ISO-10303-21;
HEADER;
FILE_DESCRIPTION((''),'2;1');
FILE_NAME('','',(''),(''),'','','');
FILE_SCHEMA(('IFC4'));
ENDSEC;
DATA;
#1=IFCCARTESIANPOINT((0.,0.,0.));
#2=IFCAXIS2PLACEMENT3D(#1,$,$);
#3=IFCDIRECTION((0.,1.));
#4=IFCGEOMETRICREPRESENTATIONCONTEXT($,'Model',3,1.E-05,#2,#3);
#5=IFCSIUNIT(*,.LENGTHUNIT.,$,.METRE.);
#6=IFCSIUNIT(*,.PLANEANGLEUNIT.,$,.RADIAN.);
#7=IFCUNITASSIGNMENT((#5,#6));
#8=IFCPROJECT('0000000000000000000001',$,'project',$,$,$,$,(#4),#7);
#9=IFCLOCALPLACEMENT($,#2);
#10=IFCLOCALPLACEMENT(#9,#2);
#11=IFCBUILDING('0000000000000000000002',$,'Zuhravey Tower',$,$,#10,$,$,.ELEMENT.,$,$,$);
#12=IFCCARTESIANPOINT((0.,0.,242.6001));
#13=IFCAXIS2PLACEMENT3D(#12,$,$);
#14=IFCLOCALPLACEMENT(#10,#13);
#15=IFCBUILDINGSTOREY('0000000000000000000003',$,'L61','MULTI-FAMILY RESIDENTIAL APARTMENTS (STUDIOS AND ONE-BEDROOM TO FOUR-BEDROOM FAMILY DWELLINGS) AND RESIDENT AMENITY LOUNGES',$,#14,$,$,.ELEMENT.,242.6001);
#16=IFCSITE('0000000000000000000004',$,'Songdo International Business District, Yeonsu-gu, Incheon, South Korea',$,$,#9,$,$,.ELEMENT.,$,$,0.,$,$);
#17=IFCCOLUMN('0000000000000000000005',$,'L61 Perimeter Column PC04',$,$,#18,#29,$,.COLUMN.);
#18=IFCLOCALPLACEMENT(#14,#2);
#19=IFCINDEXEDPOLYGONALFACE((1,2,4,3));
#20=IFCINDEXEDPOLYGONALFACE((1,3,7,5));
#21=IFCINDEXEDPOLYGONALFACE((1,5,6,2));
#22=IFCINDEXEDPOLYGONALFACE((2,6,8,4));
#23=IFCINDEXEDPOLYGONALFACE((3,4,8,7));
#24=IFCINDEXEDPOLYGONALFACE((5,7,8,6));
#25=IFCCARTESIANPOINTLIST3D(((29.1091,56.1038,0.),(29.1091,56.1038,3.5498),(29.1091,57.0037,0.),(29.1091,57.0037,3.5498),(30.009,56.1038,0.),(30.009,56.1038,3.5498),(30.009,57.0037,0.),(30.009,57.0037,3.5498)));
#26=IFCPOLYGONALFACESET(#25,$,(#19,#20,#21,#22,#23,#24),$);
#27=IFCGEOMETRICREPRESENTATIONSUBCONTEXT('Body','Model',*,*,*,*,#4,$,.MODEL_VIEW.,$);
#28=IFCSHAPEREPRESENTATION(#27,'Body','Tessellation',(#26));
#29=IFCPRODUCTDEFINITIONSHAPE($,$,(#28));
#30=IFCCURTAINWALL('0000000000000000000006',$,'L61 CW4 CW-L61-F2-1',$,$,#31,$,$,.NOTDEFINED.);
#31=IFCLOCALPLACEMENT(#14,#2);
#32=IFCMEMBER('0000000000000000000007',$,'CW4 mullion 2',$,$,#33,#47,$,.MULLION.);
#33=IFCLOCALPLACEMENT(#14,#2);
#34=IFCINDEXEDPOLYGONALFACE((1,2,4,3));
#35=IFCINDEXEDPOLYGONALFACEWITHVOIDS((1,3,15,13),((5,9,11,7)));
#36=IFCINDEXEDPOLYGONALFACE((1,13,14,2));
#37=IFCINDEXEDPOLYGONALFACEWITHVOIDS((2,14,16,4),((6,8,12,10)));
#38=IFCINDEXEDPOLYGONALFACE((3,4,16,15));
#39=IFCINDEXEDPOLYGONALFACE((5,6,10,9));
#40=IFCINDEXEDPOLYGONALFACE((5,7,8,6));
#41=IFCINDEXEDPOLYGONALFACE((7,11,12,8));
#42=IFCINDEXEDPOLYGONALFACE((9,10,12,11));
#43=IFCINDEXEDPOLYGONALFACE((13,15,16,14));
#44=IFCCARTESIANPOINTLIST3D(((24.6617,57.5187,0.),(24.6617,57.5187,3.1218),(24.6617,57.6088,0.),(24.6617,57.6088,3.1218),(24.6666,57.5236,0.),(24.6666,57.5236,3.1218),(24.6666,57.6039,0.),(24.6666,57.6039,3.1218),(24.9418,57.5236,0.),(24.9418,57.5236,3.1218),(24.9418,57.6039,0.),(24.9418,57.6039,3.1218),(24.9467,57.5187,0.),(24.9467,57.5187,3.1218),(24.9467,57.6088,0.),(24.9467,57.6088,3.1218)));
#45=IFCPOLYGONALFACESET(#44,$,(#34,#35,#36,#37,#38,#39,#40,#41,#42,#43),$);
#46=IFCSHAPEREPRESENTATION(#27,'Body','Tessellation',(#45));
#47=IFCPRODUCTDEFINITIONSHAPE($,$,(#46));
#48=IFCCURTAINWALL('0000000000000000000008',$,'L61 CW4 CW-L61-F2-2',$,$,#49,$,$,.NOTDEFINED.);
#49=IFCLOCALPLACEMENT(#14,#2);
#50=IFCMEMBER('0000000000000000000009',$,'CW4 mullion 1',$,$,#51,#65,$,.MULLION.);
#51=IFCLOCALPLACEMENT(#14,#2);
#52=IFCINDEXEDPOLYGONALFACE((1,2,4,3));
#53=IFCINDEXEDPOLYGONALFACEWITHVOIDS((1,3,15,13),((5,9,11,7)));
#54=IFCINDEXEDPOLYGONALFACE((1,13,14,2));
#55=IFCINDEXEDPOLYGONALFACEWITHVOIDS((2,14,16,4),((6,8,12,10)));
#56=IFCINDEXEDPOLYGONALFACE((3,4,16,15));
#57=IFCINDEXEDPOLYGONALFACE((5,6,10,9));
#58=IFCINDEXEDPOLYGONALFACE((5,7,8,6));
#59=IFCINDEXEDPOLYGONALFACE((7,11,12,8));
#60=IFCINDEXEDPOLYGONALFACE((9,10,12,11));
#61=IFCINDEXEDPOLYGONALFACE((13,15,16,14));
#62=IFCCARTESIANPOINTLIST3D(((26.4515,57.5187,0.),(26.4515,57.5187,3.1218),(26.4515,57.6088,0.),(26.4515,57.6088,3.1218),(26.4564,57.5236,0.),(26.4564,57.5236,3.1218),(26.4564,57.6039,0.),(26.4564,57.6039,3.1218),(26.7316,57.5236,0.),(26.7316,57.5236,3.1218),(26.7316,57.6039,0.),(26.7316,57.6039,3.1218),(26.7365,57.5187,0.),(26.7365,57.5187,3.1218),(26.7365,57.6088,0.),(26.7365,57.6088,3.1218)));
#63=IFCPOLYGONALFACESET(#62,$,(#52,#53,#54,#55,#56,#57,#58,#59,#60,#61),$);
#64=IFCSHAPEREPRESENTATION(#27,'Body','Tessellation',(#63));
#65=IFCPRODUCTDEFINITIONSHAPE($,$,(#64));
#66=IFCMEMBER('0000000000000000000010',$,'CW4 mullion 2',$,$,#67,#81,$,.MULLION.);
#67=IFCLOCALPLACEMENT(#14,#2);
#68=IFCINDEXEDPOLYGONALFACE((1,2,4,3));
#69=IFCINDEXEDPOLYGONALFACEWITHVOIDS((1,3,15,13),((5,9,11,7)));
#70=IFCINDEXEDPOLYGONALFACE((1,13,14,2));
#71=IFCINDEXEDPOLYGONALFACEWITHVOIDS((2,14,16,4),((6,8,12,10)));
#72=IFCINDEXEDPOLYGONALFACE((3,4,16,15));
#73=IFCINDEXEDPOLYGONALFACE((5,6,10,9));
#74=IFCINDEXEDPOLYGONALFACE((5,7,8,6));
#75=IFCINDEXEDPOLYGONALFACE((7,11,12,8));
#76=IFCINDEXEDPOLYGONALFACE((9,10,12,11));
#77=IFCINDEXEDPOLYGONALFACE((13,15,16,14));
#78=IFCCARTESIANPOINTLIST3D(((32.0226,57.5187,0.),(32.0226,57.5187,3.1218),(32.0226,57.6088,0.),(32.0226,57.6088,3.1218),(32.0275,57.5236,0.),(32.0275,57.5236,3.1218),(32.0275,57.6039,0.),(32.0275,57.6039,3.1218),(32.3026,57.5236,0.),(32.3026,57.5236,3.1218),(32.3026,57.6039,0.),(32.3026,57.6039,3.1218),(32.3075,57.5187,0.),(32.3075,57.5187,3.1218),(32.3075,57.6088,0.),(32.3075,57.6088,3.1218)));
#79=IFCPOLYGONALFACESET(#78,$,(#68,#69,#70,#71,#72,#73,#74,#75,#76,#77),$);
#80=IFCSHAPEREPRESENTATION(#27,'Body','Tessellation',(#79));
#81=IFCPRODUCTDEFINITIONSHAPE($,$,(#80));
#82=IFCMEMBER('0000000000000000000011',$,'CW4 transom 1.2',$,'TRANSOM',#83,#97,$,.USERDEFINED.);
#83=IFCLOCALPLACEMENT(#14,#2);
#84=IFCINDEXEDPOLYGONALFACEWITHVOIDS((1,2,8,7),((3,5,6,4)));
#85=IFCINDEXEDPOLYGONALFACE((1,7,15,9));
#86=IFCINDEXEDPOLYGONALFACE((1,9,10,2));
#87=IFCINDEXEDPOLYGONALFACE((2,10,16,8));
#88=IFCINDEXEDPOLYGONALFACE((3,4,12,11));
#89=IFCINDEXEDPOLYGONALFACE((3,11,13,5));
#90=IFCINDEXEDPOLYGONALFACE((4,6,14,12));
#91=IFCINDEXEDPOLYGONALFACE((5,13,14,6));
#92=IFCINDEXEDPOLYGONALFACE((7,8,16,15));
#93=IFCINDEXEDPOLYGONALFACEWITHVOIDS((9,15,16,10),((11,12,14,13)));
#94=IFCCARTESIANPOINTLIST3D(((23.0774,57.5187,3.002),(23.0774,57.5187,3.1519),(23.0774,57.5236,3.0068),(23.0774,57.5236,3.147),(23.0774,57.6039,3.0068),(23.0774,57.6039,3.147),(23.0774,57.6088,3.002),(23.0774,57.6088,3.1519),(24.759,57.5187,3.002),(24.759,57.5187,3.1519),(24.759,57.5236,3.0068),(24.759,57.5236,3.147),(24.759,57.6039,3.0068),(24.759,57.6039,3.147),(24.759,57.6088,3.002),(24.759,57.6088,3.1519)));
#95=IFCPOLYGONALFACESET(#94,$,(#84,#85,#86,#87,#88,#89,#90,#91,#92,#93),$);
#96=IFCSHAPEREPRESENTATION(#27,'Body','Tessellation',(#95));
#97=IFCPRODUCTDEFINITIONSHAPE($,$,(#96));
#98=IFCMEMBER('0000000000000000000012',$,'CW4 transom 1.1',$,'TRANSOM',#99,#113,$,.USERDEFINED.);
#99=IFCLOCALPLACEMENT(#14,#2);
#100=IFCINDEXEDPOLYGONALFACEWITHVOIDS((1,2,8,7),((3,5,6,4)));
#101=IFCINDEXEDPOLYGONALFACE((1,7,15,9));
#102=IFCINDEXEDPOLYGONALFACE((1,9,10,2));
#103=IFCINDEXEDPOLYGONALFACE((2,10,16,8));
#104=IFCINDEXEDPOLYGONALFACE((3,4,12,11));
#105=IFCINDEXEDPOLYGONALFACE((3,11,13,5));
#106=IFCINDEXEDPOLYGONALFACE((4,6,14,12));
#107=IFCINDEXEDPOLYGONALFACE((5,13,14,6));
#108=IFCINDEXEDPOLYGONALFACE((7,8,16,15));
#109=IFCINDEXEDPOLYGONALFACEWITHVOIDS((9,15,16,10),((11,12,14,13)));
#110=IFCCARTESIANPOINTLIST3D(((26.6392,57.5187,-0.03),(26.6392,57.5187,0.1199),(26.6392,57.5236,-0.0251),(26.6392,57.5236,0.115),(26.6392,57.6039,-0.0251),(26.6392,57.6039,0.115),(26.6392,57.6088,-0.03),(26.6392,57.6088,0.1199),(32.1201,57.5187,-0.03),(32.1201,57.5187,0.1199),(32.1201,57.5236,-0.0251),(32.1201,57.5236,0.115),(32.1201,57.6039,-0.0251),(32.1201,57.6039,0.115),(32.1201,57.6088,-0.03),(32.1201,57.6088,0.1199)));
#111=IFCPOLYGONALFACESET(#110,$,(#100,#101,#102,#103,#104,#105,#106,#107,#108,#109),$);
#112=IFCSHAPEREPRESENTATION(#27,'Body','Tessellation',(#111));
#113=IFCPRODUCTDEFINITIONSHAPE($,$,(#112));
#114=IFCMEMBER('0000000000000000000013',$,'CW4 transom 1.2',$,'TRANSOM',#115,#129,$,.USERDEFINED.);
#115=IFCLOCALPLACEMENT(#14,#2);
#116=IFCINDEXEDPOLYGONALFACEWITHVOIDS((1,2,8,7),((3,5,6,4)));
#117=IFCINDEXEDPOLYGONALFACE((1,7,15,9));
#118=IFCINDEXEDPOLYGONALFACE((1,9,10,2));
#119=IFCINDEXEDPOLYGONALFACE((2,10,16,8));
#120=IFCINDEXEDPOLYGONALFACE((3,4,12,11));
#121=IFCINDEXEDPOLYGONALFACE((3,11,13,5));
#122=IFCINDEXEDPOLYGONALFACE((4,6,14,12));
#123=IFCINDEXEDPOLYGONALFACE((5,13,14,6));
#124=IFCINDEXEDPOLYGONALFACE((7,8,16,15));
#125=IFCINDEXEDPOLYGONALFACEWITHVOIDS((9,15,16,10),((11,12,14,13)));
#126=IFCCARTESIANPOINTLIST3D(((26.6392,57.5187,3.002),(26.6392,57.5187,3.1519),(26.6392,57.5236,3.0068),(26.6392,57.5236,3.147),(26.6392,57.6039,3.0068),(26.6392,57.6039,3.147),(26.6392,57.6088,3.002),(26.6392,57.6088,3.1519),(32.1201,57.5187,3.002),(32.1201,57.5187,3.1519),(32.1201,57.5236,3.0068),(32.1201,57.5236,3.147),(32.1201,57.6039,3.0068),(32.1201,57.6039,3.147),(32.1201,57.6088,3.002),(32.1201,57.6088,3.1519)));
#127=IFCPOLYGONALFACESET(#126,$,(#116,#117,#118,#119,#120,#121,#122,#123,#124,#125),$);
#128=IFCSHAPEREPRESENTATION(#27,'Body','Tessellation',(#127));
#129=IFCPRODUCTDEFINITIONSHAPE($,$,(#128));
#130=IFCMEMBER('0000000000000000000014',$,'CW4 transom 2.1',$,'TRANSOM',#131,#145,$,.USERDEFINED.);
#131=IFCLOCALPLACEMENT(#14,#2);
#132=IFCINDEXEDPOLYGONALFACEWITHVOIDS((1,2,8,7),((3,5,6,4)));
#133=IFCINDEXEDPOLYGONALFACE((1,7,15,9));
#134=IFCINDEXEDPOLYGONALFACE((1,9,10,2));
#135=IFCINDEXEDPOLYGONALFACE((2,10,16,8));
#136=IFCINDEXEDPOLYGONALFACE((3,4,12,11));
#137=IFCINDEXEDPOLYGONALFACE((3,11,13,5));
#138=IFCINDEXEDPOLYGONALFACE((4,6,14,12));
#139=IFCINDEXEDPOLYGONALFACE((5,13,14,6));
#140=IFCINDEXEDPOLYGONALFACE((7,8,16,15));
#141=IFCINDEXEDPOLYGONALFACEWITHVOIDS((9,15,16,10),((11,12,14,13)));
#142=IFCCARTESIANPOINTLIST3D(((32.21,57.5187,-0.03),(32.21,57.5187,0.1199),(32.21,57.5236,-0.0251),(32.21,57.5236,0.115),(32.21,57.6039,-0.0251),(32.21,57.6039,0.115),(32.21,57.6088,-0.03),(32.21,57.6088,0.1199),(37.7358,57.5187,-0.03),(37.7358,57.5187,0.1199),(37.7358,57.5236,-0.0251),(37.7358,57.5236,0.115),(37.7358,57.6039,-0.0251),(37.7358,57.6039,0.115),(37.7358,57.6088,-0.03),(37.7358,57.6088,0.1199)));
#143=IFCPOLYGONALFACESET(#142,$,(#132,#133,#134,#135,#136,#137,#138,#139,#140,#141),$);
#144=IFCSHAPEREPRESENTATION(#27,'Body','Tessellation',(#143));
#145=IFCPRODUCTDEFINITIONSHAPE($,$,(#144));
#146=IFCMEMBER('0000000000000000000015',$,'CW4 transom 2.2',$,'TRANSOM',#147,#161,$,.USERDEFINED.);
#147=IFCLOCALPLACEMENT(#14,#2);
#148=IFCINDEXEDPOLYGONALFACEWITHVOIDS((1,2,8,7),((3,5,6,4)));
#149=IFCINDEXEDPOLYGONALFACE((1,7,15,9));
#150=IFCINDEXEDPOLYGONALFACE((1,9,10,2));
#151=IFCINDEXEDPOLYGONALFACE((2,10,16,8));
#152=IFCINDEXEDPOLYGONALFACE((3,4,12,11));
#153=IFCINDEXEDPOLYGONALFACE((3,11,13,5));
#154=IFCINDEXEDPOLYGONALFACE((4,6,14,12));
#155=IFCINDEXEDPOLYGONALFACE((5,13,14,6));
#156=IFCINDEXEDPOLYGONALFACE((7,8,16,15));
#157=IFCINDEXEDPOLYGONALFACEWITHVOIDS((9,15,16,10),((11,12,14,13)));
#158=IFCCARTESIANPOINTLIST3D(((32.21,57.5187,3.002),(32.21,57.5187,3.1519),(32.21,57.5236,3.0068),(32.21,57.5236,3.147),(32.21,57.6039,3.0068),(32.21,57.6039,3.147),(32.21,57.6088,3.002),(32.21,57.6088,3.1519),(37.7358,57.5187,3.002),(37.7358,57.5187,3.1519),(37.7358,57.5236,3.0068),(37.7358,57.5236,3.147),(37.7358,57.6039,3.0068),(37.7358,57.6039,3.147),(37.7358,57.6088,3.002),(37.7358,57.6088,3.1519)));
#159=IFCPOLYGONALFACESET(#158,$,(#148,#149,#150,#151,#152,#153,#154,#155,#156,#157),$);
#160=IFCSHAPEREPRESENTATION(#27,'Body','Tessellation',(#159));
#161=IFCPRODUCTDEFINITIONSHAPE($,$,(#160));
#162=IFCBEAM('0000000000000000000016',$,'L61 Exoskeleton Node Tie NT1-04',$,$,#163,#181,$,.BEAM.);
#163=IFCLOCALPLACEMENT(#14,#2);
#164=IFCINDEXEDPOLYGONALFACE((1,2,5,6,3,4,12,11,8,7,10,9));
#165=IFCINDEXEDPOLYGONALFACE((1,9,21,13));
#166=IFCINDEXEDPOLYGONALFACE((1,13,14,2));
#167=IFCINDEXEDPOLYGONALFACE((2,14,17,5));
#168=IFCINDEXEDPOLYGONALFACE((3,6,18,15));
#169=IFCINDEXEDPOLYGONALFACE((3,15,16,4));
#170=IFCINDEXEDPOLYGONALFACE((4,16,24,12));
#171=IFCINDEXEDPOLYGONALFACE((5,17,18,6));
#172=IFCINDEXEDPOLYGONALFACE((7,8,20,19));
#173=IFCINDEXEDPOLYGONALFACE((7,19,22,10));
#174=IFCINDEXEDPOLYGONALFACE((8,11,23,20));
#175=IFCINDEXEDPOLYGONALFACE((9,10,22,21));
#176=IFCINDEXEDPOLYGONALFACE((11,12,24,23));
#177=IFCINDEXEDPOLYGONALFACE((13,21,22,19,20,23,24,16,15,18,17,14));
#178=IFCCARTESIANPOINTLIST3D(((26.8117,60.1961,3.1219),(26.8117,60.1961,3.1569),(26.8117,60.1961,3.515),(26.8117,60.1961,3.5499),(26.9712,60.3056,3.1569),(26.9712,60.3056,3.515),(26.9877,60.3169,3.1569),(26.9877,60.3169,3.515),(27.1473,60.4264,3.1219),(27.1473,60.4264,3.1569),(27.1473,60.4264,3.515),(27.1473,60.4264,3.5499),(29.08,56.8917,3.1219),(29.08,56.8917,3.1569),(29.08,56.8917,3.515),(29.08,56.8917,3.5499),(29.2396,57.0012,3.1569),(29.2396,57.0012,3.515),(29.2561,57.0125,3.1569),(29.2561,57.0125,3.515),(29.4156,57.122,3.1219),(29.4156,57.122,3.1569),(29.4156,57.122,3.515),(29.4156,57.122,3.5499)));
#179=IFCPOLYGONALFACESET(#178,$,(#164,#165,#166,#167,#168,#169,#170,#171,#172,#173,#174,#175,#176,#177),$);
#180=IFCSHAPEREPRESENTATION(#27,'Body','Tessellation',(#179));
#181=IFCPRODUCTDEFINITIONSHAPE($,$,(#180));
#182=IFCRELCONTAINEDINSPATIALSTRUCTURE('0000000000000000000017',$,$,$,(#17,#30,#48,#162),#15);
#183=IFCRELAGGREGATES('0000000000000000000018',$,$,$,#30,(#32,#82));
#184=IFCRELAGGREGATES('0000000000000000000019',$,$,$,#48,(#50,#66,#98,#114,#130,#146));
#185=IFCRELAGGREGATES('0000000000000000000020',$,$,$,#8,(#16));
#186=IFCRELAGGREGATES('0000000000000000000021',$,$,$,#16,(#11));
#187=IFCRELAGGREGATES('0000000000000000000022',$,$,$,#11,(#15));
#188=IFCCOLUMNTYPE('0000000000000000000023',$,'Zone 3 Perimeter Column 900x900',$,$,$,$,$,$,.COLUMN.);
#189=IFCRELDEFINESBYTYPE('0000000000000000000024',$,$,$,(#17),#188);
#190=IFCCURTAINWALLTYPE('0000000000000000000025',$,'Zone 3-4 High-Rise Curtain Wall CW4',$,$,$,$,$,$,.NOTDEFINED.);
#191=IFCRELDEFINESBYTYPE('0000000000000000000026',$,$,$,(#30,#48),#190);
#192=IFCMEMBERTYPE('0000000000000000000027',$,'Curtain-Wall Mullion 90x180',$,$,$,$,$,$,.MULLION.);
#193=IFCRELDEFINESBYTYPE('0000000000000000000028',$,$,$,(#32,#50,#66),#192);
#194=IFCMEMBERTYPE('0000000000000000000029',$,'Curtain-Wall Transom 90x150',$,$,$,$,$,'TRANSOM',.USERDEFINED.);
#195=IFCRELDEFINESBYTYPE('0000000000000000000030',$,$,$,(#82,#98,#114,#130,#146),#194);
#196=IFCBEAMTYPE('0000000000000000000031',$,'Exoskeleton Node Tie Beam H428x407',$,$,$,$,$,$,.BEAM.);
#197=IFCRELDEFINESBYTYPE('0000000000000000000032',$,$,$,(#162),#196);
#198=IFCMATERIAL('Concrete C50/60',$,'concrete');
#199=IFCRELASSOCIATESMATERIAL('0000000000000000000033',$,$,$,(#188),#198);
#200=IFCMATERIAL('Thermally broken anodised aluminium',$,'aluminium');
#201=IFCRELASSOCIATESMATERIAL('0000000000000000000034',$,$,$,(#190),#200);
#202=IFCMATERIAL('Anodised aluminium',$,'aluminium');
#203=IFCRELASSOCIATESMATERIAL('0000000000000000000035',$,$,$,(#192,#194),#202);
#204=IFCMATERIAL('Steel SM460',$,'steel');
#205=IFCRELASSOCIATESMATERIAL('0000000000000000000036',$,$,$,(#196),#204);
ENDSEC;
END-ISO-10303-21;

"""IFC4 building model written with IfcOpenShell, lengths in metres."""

from ifc_helpers import new_model, si_unit, direction, frame, origin, origin_2d, place, context, subcontext, project, spatial, rectangle, hollow_rectangle, i_section, extrude, material, material_profile, profile_set, type_object, element, aggregate, save


model = new_model("IFC4")

# Units and contexts
model_context = context("Model", 3, precision=1e-05, world=origin(), true_north=direction((0.0, 1.0)))
body_context = subcontext(model_context, "Body", "Model", "MODEL_VIEW")
ifc_project = project(units=[si_unit("LENGTHUNIT", "METRE"), si_unit("PLANEANGLEUNIT", "RADIAN")], contexts=[model_context])

# Site, building, storey
site_placement = place(None, origin())
site = spatial("IfcSite", under=ifc_project, at=site_placement, Name="Songdo International Business District, Yeonsu-gu, Incheon, South Korea", CompositionType="ELEMENT", RefElevation=0.0)
building_placement = place(site_placement, origin())
building = spatial("IfcBuilding", under=site, at=building_placement, Name="Zuhravey Tower", CompositionType="ELEMENT")
storey_placement = place(building_placement, frame((0.0, 0.0, 242.6001)))
storey = spatial("IfcBuildingStorey", under=building, at=storey_placement, Name="L61", Description="MULTI-FAMILY RESIDENTIAL APARTMENTS (STUDIOS AND ONE-BEDROOM TO FOUR-BEDROOM FAMILY DWELLINGS) AND RESIDENT AMENITY LOUNGES", CompositionType="ELEMENT", Elevation=242.6001)

# Column
ifc_material_1 = material(Name="Concrete C50/60", Category="concrete")
ifc_material_profile_1 = material_profile(ifc_material_1, rectangle(XDim=0.8999, YDim=0.8999, at=origin_2d()), Name="RC-900x900")
ifc_profile_set_1 = profile_set([ifc_material_profile_1], Name="Concrete C50/60")
column_type = type_object("IfcColumnType", Name="Zone 3 Perimeter Column 900x900", PredefinedType="COLUMN", material=ifc_profile_set_1)
column_placement = place(storey_placement, frame((29.5591, 56.5537, 0.0), z_axis=(0.0, 0.0, 1.0), x_axis=(-1.0, 0.0, 0.0)))
element("IfcColumn", 1, at=column_placement, inside=storey, type_object=column_type, Name="L61 Perimeter Column PC04", PredefinedType="COLUMN", context=body_context, shape_type="SweptSolid", body=[
    extrude(rectangle(XDim=0.8999, YDim=0.8999, at=origin_2d()), origin(), (0.0, 0.0, 1.0), 3.5498),
])

# Curtain wall, member
ifc_material_2 = material(Name="Thermally broken anodised aluminium", Category="aluminium")
curtain_wall_type = type_object("IfcCurtainWallType", Name="Zone 3-4 High-Rise Curtain Wall CW4", PredefinedType="NOTDEFINED", material=ifc_material_2)
curtain_wall_1_placement = place(storey_placement, origin())
curtain_wall_1 = element("IfcCurtainWall", 2, at=curtain_wall_1_placement, inside=storey, type_object=curtain_wall_type, Name="L61 CW4 CW-L61-F2-1", PredefinedType="NOTDEFINED")
ifc_material_3 = material(Name="Anodised aluminium", Category="aluminium")
ifc_material_profile_2 = material_profile(ifc_material_3, hollow_rectangle(XDim=0.0901, YDim=0.2849, WallThickness=0.0049, at=origin_2d()), Name="ALU-RHS-90x285x5")
ifc_profile_set_2 = profile_set([ifc_material_profile_2], Name="Anodised aluminium")
member_type_1 = type_object("IfcMemberType", Name="Curtain-Wall Mullion 90x180", PredefinedType="MULLION", material=ifc_profile_set_2)
member_1_placement = place(storey_placement, frame((24.8042, 57.5637, 0.0), z_axis=(0.0, 0.0, 1.0), x_axis=(0.0, 1.0, 0.0)))
member_1 = element("IfcMember", 3, at=member_1_placement, type_object=member_type_1, Name="CW4 mullion 2", PredefinedType="MULLION", context=body_context, shape_type="SweptSolid", body=[
    extrude(hollow_rectangle(XDim=0.0901, YDim=0.2849, WallThickness=0.0049, at=origin_2d()), origin(), (0.0, 0.0, 1.0), 3.1218),
])

# Curtain wall, members
curtain_wall_2_placement = place(storey_placement, origin())
curtain_wall_2 = element("IfcCurtainWall", 4, at=curtain_wall_2_placement, inside=storey, type_object=curtain_wall_type, Name="L61 CW4 CW-L61-F2-2", PredefinedType="NOTDEFINED")
member_2_placement = place(storey_placement, frame((26.594, 57.5637, 0.0), z_axis=(0.0, 0.0, 1.0), x_axis=(0.0, 1.0, 0.0)))
member_2 = element("IfcMember", 5, at=member_2_placement, type_object=member_type_1, Name="CW4 mullion 1", PredefinedType="MULLION", context=body_context, shape_type="SweptSolid", body=[
    extrude(hollow_rectangle(XDim=0.0901, YDim=0.2849, WallThickness=0.0049, at=origin_2d()), origin(), (0.0, 0.0, 1.0), 3.1218),
])
member_3_placement = place(storey_placement, frame((32.165, 57.5637, 0.0), z_axis=(0.0, 0.0, 1.0), x_axis=(0.0, 1.0, 0.0)))
member_3 = element("IfcMember", 6, at=member_3_placement, type_object=member_type_1, Name="CW4 mullion 2", PredefinedType="MULLION", context=body_context, shape_type="SweptSolid", body=[
    extrude(hollow_rectangle(XDim=0.0901, YDim=0.2849, WallThickness=0.0049, at=origin_2d()), origin(), (0.0, 0.0, 1.0), 3.1218),
])

# Members
ifc_material_profile_3 = material_profile(ifc_material_3, hollow_rectangle(XDim=0.0901, YDim=0.1499, WallThickness=0.0049, at=origin_2d()), Name="ALU-RHS-90x150x5")
ifc_profile_set_3 = profile_set([ifc_material_profile_3], Name="Anodised aluminium")
member_type_2 = type_object("IfcMemberType", Name="Curtain-Wall Transom 90x150", ElementType="TRANSOM", PredefinedType="USERDEFINED", material=ifc_profile_set_3)
member_4_placement = place(storey_placement, frame((23.0774, 57.5637, 3.0769), z_axis=(1.0, 0.0, 0.0), x_axis=(0.0, 1.0, 0.0)))
member_4 = element("IfcMember", 7, at=member_4_placement, type_object=member_type_2, Name="CW4 transom 1.2", ObjectType="TRANSOM", PredefinedType="USERDEFINED", context=body_context, shape_type="SweptSolid", body=[
    extrude(hollow_rectangle(XDim=0.0901, YDim=0.1499, WallThickness=0.0049, at=origin_2d()), origin(), (0.0, 0.0, 1.0), 1.6816),
])
member_5_placement = place(storey_placement, frame((26.6392, 57.5637, 0.0449), z_axis=(1.0, 0.0, 0.0), x_axis=(0.0, 1.0, 0.0)))
member_5 = element("IfcMember", 8, at=member_5_placement, type_object=member_type_2, Name="CW4 transom 1.1", ObjectType="TRANSOM", PredefinedType="USERDEFINED", context=body_context, shape_type="SweptSolid", body=[
    extrude(hollow_rectangle(XDim=0.0901, YDim=0.1499, WallThickness=0.0049, at=origin_2d()), origin(), (0.0, 0.0, 1.0), 5.481),
])
member_6_placement = place(storey_placement, frame((26.6392, 57.5637, 3.0769), z_axis=(1.0, 0.0, 0.0), x_axis=(0.0, 1.0, 0.0)))
member_6 = element("IfcMember", 9, at=member_6_placement, type_object=member_type_2, Name="CW4 transom 1.2", ObjectType="TRANSOM", PredefinedType="USERDEFINED", context=body_context, shape_type="SweptSolid", body=[
    extrude(hollow_rectangle(XDim=0.0901, YDim=0.1499, WallThickness=0.0049, at=origin_2d()), origin(), (0.0, 0.0, 1.0), 5.481),
])
member_7_placement = place(storey_placement, frame((32.21, 57.5637, 0.0449), z_axis=(1.0, 0.0, 0.0), x_axis=(0.0, 1.0, 0.0)))
member_7 = element("IfcMember", 10, at=member_7_placement, type_object=member_type_2, Name="CW4 transom 2.1", ObjectType="TRANSOM", PredefinedType="USERDEFINED", context=body_context, shape_type="SweptSolid", body=[
    extrude(hollow_rectangle(XDim=0.0901, YDim=0.1499, WallThickness=0.0049, at=origin_2d()), origin(), (0.0, 0.0, 1.0), 5.5259),
])
member_8_placement = place(storey_placement, frame((32.21, 57.5637, 3.0769), z_axis=(1.0, 0.0, 0.0), x_axis=(0.0, 1.0, 0.0)))
member_8 = element("IfcMember", 11, at=member_8_placement, type_object=member_type_2, Name="CW4 transom 2.2", ObjectType="TRANSOM", PredefinedType="USERDEFINED", context=body_context, shape_type="SweptSolid", body=[
    extrude(hollow_rectangle(XDim=0.0901, YDim=0.1499, WallThickness=0.0049, at=origin_2d()), origin(), (0.0, 0.0, 1.0), 5.5259),
])

# Beam
ifc_material_4 = material(Name="Steel SM460", Category="steel")
ifc_material_profile_4 = material_profile(ifc_material_4, i_section(OverallWidth=0.407, OverallDepth=0.428, WebThickness=0.02, FlangeThickness=0.0349, at=origin_2d()), Name="H-428x407x20x35")
ifc_profile_set_4 = profile_set([ifc_material_profile_4], Name="Steel SM460")
beam_type_1 = type_object("IfcBeamType", Name="Exoskeleton Node Tie Beam H428x407", PredefinedType="BEAM", material=ifc_profile_set_4)
beam_1_placement = place(storey_placement, frame((29.2478, 57.0068, 3.3359), z_axis=(-0.565937, 0.824449, 0.0), x_axis=(-0.824449, -0.565937, 0.0)))
element("IfcBeam", 12, at=beam_1_placement, inside=storey, type_object=beam_type_1, Name="L61 Exoskeleton Node Tie NT1-04", PredefinedType="BEAM", context=body_context, shape_type="SweptSolid", body=[
    extrude(i_section(OverallWidth=0.407, OverallDepth=0.428, WebThickness=0.02, FlangeThickness=0.0349, at=origin_2d()), origin(), (0.0, 0.0, 1.0), 4.0081),
])

aggregate(curtain_wall_1, [member_1, member_4])
aggregate(curtain_wall_2, [member_2, member_3, member_5, member_6, member_7, member_8])

save(model, "model.ifc")
